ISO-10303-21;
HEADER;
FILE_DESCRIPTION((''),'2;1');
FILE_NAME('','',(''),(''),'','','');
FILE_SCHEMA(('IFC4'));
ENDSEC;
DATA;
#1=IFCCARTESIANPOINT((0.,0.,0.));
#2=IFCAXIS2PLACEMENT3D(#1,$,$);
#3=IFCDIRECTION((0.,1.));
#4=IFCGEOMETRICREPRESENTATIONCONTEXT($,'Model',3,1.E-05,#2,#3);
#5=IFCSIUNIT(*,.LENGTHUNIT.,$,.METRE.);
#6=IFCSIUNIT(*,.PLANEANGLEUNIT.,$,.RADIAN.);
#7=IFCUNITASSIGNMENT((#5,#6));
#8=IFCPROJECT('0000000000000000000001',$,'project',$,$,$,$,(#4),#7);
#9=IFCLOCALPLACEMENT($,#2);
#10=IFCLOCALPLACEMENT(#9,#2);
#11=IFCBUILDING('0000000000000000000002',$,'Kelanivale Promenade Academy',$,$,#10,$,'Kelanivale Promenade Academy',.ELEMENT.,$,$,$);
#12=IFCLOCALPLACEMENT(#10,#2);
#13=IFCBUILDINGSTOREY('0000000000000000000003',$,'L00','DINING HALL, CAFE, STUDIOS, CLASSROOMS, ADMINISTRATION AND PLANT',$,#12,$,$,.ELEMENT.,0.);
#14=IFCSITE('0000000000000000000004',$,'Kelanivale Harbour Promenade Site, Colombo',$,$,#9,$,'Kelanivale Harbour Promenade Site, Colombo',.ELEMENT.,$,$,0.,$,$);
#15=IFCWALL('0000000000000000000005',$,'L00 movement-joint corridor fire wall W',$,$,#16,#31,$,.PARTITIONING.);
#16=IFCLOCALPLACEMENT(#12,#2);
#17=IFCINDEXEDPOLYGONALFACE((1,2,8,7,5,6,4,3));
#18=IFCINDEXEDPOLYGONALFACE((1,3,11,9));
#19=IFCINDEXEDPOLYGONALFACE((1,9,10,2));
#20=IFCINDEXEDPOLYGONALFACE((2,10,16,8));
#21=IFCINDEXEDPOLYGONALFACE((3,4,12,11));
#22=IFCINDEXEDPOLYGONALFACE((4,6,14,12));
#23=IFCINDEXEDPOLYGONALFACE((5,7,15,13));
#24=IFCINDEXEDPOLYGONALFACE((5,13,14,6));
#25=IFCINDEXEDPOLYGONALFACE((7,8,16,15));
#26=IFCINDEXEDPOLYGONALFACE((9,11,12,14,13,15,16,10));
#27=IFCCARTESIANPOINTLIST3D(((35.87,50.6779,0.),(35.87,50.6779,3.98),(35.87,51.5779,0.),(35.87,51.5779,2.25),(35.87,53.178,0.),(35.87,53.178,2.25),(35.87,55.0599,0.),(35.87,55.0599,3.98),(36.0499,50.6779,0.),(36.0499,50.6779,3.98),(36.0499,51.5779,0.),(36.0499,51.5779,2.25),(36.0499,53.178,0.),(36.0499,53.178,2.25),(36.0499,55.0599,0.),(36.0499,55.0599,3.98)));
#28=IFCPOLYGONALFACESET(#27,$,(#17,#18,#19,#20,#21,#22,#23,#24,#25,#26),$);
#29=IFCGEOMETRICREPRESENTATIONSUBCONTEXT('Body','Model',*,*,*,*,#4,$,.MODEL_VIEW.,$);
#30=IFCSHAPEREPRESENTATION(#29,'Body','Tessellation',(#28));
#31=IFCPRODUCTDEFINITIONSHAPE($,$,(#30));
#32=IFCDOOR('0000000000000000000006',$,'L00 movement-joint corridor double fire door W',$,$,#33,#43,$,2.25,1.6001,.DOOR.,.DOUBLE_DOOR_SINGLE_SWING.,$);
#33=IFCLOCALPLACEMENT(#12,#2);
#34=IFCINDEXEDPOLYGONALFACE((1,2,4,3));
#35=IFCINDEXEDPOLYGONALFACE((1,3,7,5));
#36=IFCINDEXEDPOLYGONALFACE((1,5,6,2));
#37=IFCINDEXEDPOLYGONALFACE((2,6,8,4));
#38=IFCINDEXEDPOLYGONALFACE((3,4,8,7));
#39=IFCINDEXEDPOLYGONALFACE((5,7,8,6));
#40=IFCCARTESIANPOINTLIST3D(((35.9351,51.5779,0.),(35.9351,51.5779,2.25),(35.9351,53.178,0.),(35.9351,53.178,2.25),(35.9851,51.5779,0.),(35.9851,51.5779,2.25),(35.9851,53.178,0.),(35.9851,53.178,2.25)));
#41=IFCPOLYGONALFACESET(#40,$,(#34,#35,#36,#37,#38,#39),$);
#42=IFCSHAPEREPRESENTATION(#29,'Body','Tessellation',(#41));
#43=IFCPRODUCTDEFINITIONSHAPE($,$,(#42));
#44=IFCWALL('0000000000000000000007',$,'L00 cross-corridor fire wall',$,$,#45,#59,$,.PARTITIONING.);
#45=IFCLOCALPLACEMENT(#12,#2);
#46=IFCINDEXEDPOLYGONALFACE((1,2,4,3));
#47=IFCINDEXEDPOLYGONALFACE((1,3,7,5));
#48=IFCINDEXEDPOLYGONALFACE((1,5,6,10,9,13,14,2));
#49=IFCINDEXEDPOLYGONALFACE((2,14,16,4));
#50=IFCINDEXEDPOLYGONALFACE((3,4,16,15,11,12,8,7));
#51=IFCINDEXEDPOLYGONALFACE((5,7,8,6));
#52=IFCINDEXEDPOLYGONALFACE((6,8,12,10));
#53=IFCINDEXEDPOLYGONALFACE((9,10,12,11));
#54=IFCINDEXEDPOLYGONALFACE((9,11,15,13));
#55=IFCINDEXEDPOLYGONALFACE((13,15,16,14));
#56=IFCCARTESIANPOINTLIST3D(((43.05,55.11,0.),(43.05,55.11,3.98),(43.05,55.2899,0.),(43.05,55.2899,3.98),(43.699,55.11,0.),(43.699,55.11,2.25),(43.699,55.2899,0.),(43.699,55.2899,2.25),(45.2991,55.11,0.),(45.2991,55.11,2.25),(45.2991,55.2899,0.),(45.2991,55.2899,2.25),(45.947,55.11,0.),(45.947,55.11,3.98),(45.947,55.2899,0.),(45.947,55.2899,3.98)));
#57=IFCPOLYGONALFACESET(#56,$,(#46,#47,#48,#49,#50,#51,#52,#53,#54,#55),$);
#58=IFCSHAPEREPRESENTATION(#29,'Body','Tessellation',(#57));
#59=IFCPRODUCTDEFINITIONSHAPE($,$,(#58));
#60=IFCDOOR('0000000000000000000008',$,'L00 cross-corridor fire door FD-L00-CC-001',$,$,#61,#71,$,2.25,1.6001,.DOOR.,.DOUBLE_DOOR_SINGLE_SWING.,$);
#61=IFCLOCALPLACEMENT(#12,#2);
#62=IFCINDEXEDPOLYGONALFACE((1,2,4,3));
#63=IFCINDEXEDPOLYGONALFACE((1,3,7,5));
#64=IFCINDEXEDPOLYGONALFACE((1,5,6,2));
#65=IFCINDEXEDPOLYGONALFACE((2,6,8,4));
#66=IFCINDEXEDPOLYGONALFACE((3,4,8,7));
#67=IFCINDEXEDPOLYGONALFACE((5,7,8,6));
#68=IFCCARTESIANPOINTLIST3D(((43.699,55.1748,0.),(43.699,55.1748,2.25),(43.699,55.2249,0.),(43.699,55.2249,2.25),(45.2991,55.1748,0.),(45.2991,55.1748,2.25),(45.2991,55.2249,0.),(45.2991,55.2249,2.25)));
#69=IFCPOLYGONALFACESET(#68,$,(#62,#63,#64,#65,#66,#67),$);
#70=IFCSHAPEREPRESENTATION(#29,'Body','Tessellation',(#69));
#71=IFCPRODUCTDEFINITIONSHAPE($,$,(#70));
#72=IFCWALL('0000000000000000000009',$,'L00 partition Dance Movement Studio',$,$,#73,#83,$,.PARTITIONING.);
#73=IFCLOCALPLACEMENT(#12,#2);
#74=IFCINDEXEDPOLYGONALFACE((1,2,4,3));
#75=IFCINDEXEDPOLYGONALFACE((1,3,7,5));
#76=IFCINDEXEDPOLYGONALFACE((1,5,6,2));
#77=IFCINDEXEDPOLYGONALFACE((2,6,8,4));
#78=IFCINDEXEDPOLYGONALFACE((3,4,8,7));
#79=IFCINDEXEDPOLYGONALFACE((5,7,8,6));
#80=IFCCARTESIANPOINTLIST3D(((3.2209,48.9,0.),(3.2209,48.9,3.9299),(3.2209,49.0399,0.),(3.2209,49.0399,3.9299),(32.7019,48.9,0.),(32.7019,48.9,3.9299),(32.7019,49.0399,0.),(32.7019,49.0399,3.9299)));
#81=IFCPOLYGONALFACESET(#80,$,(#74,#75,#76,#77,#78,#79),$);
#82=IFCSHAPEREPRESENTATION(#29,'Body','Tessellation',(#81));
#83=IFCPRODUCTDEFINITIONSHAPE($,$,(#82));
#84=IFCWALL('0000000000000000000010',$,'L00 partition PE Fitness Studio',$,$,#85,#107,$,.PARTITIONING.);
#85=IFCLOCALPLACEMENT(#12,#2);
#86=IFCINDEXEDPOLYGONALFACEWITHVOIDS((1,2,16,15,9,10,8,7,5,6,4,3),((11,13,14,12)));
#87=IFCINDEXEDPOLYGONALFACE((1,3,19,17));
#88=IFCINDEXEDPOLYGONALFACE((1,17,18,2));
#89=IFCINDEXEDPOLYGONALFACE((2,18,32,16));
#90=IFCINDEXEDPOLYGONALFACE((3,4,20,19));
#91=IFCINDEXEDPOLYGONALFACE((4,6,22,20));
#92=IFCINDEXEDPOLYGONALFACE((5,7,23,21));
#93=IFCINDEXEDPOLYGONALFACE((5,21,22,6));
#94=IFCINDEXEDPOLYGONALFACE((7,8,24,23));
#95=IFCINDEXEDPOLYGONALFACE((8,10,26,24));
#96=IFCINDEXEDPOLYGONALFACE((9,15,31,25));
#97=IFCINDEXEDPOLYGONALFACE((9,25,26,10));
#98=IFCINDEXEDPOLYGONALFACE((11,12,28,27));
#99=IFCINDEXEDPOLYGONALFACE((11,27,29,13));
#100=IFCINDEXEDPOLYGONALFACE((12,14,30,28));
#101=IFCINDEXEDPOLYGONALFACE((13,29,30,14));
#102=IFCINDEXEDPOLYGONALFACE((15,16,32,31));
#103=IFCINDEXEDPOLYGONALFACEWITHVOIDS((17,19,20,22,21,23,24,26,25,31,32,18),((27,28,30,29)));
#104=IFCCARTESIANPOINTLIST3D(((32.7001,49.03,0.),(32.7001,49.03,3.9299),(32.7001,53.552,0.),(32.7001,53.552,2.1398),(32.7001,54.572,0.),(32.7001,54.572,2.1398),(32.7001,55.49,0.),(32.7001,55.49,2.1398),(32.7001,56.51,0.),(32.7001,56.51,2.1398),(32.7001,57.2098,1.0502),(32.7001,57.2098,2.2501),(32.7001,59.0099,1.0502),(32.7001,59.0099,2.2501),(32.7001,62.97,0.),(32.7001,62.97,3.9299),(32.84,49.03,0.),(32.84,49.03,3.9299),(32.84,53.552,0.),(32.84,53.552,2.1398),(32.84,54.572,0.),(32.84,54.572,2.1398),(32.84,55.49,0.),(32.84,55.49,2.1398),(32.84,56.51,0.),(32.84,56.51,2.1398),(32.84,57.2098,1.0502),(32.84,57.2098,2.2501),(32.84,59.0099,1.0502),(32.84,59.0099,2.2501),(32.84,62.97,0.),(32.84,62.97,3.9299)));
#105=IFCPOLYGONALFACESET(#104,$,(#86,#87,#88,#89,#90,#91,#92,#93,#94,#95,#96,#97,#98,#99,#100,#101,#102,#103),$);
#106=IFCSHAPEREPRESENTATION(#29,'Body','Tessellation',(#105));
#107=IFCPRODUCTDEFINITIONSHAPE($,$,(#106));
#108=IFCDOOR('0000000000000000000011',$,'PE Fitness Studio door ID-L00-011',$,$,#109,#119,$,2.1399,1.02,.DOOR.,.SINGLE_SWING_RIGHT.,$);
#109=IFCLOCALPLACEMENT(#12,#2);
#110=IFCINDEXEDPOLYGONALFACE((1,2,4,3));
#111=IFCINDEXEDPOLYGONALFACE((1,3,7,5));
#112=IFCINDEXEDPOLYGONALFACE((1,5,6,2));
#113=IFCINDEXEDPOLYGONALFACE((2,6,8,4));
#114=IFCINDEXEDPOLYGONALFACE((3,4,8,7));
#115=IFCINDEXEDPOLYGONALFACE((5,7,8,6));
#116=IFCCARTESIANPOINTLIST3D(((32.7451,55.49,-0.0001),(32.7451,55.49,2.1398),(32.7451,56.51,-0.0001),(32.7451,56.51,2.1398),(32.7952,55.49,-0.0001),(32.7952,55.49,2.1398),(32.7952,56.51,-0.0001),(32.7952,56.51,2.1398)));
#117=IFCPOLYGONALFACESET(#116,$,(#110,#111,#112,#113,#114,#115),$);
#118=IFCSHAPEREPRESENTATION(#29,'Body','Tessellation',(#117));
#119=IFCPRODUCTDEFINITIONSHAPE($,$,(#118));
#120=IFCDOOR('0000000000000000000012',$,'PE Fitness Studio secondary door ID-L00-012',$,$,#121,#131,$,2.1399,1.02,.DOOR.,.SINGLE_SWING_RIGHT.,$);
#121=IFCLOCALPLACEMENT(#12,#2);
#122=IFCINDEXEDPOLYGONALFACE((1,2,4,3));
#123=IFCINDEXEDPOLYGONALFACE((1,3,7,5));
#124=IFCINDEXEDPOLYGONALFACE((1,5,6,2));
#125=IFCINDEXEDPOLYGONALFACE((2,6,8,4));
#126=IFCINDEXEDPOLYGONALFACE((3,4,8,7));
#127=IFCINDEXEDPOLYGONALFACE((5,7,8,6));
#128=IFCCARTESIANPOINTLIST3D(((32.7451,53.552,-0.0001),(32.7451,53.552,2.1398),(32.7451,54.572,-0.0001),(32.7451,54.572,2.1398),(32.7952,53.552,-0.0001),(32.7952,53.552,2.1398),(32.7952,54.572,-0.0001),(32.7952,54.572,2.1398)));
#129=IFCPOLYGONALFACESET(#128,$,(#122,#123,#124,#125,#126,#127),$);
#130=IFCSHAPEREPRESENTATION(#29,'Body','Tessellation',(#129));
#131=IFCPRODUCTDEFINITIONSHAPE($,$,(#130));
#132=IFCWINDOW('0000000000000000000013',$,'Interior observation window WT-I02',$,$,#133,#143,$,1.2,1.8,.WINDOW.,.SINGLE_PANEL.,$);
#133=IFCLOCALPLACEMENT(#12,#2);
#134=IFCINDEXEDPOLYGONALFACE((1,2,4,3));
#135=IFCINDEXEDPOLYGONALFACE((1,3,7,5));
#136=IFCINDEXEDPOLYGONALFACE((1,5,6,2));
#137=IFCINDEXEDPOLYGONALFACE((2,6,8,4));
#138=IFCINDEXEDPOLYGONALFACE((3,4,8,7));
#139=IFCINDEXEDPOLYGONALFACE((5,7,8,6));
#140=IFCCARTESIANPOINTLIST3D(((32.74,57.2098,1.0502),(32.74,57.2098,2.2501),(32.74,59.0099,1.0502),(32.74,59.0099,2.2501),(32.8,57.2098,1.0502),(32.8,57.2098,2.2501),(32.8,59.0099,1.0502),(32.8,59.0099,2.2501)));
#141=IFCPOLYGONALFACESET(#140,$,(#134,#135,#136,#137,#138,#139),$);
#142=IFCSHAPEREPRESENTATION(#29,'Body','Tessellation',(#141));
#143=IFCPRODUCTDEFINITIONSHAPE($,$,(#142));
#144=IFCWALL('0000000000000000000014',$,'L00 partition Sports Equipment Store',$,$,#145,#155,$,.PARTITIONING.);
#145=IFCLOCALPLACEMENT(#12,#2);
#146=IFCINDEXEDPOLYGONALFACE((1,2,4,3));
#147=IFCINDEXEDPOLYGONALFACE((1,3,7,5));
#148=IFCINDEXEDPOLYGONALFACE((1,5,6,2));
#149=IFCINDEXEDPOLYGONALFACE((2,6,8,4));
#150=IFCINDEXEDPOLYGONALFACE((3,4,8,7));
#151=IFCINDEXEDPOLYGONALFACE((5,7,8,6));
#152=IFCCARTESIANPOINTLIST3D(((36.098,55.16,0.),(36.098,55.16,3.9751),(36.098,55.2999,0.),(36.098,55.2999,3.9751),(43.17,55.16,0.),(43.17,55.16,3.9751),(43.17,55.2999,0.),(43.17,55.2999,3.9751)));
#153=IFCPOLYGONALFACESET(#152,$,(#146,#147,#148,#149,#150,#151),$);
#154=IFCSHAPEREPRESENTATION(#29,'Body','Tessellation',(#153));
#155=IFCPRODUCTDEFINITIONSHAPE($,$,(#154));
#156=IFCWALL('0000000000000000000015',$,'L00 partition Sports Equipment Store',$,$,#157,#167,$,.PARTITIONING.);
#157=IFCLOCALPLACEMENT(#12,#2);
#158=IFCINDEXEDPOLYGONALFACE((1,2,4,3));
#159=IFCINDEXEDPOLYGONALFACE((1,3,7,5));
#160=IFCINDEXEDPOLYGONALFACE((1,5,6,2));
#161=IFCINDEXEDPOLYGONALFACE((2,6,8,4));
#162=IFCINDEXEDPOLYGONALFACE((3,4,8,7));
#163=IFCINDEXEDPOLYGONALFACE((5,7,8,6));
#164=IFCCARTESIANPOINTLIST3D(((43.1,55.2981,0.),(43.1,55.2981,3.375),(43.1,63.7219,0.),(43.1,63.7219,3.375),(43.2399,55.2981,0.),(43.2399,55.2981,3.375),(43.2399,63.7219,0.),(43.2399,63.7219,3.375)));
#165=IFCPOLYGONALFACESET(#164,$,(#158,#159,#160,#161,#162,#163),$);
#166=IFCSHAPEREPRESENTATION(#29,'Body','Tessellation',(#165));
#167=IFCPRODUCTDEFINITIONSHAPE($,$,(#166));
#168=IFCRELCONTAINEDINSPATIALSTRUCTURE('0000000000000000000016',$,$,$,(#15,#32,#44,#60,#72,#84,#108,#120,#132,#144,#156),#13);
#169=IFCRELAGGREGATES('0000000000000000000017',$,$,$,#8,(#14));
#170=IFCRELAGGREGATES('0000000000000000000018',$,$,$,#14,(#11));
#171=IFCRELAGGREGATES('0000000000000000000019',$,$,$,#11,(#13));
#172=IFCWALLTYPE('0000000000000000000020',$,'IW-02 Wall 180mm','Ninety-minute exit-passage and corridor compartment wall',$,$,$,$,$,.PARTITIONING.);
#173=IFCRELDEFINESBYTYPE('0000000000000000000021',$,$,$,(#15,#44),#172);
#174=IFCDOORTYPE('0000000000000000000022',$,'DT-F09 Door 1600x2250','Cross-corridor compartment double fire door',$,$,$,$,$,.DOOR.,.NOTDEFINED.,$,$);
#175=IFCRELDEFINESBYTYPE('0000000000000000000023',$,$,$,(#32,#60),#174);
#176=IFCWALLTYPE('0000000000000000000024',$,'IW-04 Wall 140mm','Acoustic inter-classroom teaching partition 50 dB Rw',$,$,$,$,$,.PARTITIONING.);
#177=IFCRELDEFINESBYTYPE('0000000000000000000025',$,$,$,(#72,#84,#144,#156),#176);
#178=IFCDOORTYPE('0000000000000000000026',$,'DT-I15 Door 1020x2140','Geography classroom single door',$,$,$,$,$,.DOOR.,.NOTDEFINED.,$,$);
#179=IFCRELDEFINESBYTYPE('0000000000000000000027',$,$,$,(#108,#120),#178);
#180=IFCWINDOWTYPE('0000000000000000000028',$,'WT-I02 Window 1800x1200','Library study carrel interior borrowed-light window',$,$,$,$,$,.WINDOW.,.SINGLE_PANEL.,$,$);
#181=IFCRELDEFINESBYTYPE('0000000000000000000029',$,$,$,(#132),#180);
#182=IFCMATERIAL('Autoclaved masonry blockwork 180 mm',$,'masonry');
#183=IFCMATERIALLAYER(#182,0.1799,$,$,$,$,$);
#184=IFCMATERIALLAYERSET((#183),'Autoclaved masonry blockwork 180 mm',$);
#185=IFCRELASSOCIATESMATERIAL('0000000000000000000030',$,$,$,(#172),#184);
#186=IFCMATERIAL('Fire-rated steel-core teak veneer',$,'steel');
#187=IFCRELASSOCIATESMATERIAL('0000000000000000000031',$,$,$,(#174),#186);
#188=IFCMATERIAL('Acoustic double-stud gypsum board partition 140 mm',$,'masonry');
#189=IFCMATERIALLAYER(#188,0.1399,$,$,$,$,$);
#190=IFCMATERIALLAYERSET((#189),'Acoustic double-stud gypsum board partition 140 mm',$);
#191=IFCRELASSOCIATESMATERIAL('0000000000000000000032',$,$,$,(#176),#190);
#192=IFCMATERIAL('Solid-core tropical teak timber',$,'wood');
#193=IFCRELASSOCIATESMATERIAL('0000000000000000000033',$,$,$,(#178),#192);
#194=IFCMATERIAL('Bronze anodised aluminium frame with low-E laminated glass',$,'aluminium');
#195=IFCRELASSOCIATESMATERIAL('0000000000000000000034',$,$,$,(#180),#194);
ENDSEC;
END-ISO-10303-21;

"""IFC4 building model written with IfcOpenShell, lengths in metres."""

from ifc_helpers import new_model, si_unit, direction, frame, frame_2d, origin, place, context, subcontext, project, spatial, rectangle, extrude, material, layer, layer_set, type_object, element, fill, save


model = new_model("IFC4")

# Units and contexts
model_context = context("Model", 3, precision=1e-05, world=origin(), true_north=direction((0.0, 1.0)))
body_context = subcontext(model_context, "Body", "Model", "MODEL_VIEW")
ifc_project = project(units=[si_unit("LENGTHUNIT", "METRE"), si_unit("PLANEANGLEUNIT", "RADIAN")], contexts=[model_context])

# Site, building, storey
site_placement = place(None, origin())
site = spatial("IfcSite", under=ifc_project, at=site_placement, Name="Kelanivale Harbour Promenade Site, Colombo", LongName="Kelanivale Harbour Promenade Site, Colombo", CompositionType="ELEMENT", RefElevation=0.0)
building_placement = place(site_placement, origin())
building = spatial("IfcBuilding", under=site, at=building_placement, Name="Kelanivale Promenade Academy", LongName="Kelanivale Promenade Academy", CompositionType="ELEMENT")
storey_placement = place(building_placement, origin())
storey = spatial("IfcBuildingStorey", under=building, at=storey_placement, Name="L00", Description="DINING HALL, CAFE, STUDIOS, CLASSROOMS, ADMINISTRATION AND PLANT", CompositionType="ELEMENT", Elevation=0.0)

# Shared definitions
ifc_material_1 = material(Name="Bronze anodised aluminium frame with low-E laminated glass", Category="aluminium")

# Walls, openings, doors
ifc_material_2 = material(Name="Autoclaved masonry blockwork 180 mm", Category="masonry")
ifc_layer_1 = layer(ifc_material_2, 0.1799)
ifc_layer_set_1 = layer_set([ifc_layer_1], Name="Autoclaved masonry blockwork 180 mm")
wall_type_1 = type_object("IfcWallType", Name="IW-02 Wall 180mm", Description="Ninety-minute exit-passage and corridor compartment wall", PredefinedType="PARTITIONING", material=ifc_layer_set_1)
wall_1_placement = place(storey_placement, frame((35.96, 50.678, 0.0), z_axis=(0.0, 0.0, 1.0), x_axis=(0.0, 1.0, 0.0)))
wall_1 = element("IfcWall", 1, at=wall_1_placement, inside=storey, type_object=wall_type_1, Name="L00 movement-joint corridor fire wall W", PredefinedType="PARTITIONING", context=body_context, shape_type="SweptSolid", body=[
    extrude(rectangle(XDim=4.3821, YDim=0.1799, at=frame_2d((2.1909, 0.0))), origin(), (0.0, 0.0, 1.0), 3.98),
])
opening_1_placement = place(wall_1_placement, frame((0.8999, 0.0, 0.0)))
opening_1 = element("IfcOpeningElement", 2, at=opening_1_placement, cuts=wall_1, PredefinedType="OPENING", context=body_context, shape_type="SweptSolid", body=[
    extrude(rectangle(XDim=1.6001, YDim=2.25, at=frame_2d((0.8, 1.125))), frame((0.0, 0.1001, 0.0), z_axis=(0.0, -1.0, 0.0), x_axis=(1.0, 0.0, 0.0)), (0.0, 0.0, 1.0), 0.2),
])
ifc_material_3 = material(Name="Fire-rated steel-core teak veneer", Category="steel")
door_type_1 = type_object("IfcDoorType", Name="DT-F09 Door 1600x2250", Description="Cross-corridor compartment double fire door", OperationType="NOTDEFINED", PredefinedType="DOOR", material=ifc_material_3)
door_1_placement = place(opening_1_placement, origin())
door_1 = element("IfcDoor", 3, at=door_1_placement, inside=storey, type_object=door_type_1, Name="L00 movement-joint corridor double fire door W", OperationType="DOUBLE_DOOR_SINGLE_SWING", OverallHeight=2.25, OverallWidth=1.6001, PredefinedType="DOOR", context=body_context, shape_type="SweptSolid", body=[
    extrude(rectangle(XDim=1.6001, YDim=2.25, at=frame_2d((0.8, 1.125))), frame((0.0, 0.0249, 0.0), z_axis=(0.0, -1.0, 0.0), x_axis=(1.0, 0.0, 0.0)), (0.0, 0.0, 1.0), 0.05),
])
fill(opening_1, door_1)
wall_2_placement = place(storey_placement, frame((43.05, 55.2, 0.0), z_axis=(0.0, 0.0, 1.0), x_axis=(1.0, 0.0, 0.0)))
wall_2 = element("IfcWall", 4, at=wall_2_placement, inside=storey, type_object=wall_type_1, Name="L00 cross-corridor fire wall", PredefinedType="PARTITIONING", context=body_context, shape_type="SweptSolid", body=[
    extrude(rectangle(XDim=2.897, YDim=0.1799, at=frame_2d((1.4485, 0.0))), origin(), (0.0, 0.0, 1.0), 3.98),
])
opening_2_placement = place(wall_2_placement, frame((0.6489, 0.0, 0.0)))
opening_2 = element("IfcOpeningElement", 5, at=opening_2_placement, cuts=wall_2, PredefinedType="OPENING", context=body_context, shape_type="SweptSolid", body=[
    extrude(rectangle(XDim=1.6001, YDim=2.25, at=frame_2d((0.8, 1.125))), frame((0.0, 0.1001, 0.0), z_axis=(0.0, -1.0, 0.0), x_axis=(1.0, 0.0, 0.0)), (0.0, 0.0, 1.0), 0.2),
])
door_2_placement = place(opening_2_placement, origin())
door_2 = element("IfcDoor", 6, at=door_2_placement, inside=storey, type_object=door_type_1, Name="L00 cross-corridor fire door FD-L00-CC-001", OperationType="DOUBLE_DOOR_SINGLE_SWING", OverallHeight=2.25, OverallWidth=1.6001, PredefinedType="DOOR", context=body_context, shape_type="SweptSolid", body=[
    extrude(rectangle(XDim=1.6001, YDim=2.25, at=frame_2d((0.8, 1.125))), frame((0.0, 0.0249, 0.0), z_axis=(0.0, -1.0, 0.0), x_axis=(1.0, 0.0, 0.0)), (0.0, 0.0, 1.0), 0.05),
])
fill(opening_2, door_2)

# Wall
ifc_material_4 = material(Name="Acoustic double-stud gypsum board partition 140 mm", Category="masonry")
ifc_layer_2 = layer(ifc_material_4, 0.1399)
ifc_layer_set_2 = layer_set([ifc_layer_2], Name="Acoustic double-stud gypsum board partition 140 mm")
wall_type_2 = type_object("IfcWallType", Name="IW-04 Wall 140mm", Description="Acoustic inter-classroom teaching partition 50 dB Rw", PredefinedType="PARTITIONING", material=ifc_layer_set_2)
wall_3_placement = place(storey_placement, frame((32.7019, 48.97, 0.0), z_axis=(0.0, 0.0, 1.0), x_axis=(-1.0, 0.0, 0.0)))
element("IfcWall", 7, at=wall_3_placement, inside=storey, type_object=wall_type_2, Name="L00 partition Dance Movement Studio", PredefinedType="PARTITIONING", context=body_context, shape_type="SweptSolid", body=[
    extrude(rectangle(XDim=29.481, YDim=0.1399, at=frame_2d((14.7405, 0.0))), origin(), (0.0, 0.0, 1.0), 3.9299),
])

# Wall, openings, doors, window
wall_4_placement = place(storey_placement, frame((32.77, 49.03, 0.0), z_axis=(0.0, 0.0, 1.0), x_axis=(0.0, 1.0, 0.0)))
wall_4 = element("IfcWall", 8, at=wall_4_placement, inside=storey, type_object=wall_type_2, Name="L00 partition PE Fitness Studio", PredefinedType="PARTITIONING", context=body_context, shape_type="SweptSolid", body=[
    extrude(rectangle(XDim=13.9399, YDim=0.1399, at=frame_2d((6.97, 0.0))), origin(), (0.0, 0.0, 1.0), 3.9299),
])
opening_3_placement = place(wall_4_placement, frame((6.46, 0.0, 0.0)))
opening_3 = element("IfcOpeningElement", 9, at=opening_3_placement, cuts=wall_4, PredefinedType="OPENING", context=body_context, shape_type="SweptSolid", body=[
    extrude(rectangle(XDim=1.02, YDim=2.1399, at=frame_2d((0.51, 1.0698))), frame((0.0, 0.0801, 0.0), z_axis=(0.0, -1.0, 0.0), x_axis=(1.0, 0.0, 0.0)), (0.0, 0.0, 1.0), 0.1599),
])
opening_4_placement = place(wall_4_placement, frame((4.522, 0.0, 0.0)))
opening_4 = element("IfcOpeningElement", 10, at=opening_4_placement, cuts=wall_4, PredefinedType="OPENING", context=body_context, shape_type="SweptSolid", body=[
    extrude(rectangle(XDim=1.02, YDim=2.1399, at=frame_2d((0.51, 1.0698))), frame((0.0, 0.0801, 0.0), z_axis=(0.0, -1.0, 0.0), x_axis=(1.0, 0.0, 0.0)), (0.0, 0.0, 1.0), 0.1599),
])
opening_5_placement = place(wall_4_placement, frame((8.1799, 0.0, 1.05)))
opening_5 = element("IfcOpeningElement", 11, at=opening_5_placement, cuts=wall_4, PredefinedType="OPENING", context=body_context, shape_type="SweptSolid", body=[
    extrude(rectangle(XDim=1.8, YDim=1.2, at=frame_2d((0.8999, 0.6001))), frame((0.0, 0.0801, 0.0), z_axis=(0.0, -1.0, 0.0), x_axis=(1.0, 0.0, 0.0)), (0.0, 0.0, 1.0), 0.1599),
])
ifc_material_5 = material(Name="Solid-core tropical teak timber", Category="wood")
door_type_2 = type_object("IfcDoorType", Name="DT-I15 Door 1020x2140", Description="Geography classroom single door", OperationType="NOTDEFINED", PredefinedType="DOOR", material=ifc_material_5)
door_3_placement = place(opening_3_placement, origin())
door_3 = element("IfcDoor", 12, at=door_3_placement, inside=storey, type_object=door_type_2, Name="PE Fitness Studio door ID-L00-011", OperationType="SINGLE_SWING_RIGHT", OverallHeight=2.1399, OverallWidth=1.02, PredefinedType="DOOR", context=body_context, shape_type="SweptSolid", body=[
    extrude(rectangle(XDim=1.02, YDim=2.1399, at=frame_2d((0.51, 1.0698))), frame((0.0, 0.0249, 0.0), z_axis=(0.0, -1.0, 0.0), x_axis=(1.0, 0.0, 0.0)), (0.0, 0.0, 1.0), 0.05),
])
fill(opening_3, door_3)
door_4_placement = place(opening_4_placement, origin())
door_4 = element("IfcDoor", 13, at=door_4_placement, inside=storey, type_object=door_type_2, Name="PE Fitness Studio secondary door ID-L00-012", OperationType="SINGLE_SWING_RIGHT", OverallHeight=2.1399, OverallWidth=1.02, PredefinedType="DOOR", context=body_context, shape_type="SweptSolid", body=[
    extrude(rectangle(XDim=1.02, YDim=2.1399, at=frame_2d((0.51, 1.0698))), frame((0.0, 0.0249, 0.0), z_axis=(0.0, -1.0, 0.0), x_axis=(1.0, 0.0, 0.0)), (0.0, 0.0, 1.0), 0.05),
])
fill(opening_4, door_4)
window_type_1 = type_object("IfcWindowType", Name="WT-I02 Window 1800x1200", Description="Library study carrel interior borrowed-light window", PartitioningType="SINGLE_PANEL", PredefinedType="WINDOW", material=ifc_material_1)
window_1_placement = place(opening_5_placement, origin())
window_1 = element("IfcWindow", 14, at=window_1_placement, inside=storey, type_object=window_type_1, Name="Interior observation window WT-I02", OverallHeight=1.2, OverallWidth=1.8, PartitioningType="SINGLE_PANEL", PredefinedType="WINDOW", context=body_context, shape_type="SweptSolid", body=[
    extrude(rectangle(XDim=1.8, YDim=1.2, at=frame_2d((0.8999, 0.6001))), frame((0.0, 0.03, 0.0), z_axis=(0.0, -1.0, 0.0), x_axis=(1.0, 0.0, 0.0)), (0.0, 0.0, 1.0), 0.0601),
])
fill(opening_5, window_1)

# Walls
wall_5_placement = place(storey_placement, frame((36.0979, 55.23, 0.0), z_axis=(0.0, 0.0, 1.0), x_axis=(1.0, 0.0, 0.0)))
element("IfcWall", 15, at=wall_5_placement, inside=storey, type_object=wall_type_2, Name="L00 partition Sports Equipment Store", PredefinedType="PARTITIONING", context=body_context, shape_type="SweptSolid", body=[
    extrude(rectangle(XDim=7.072, YDim=0.1399, at=frame_2d((3.5361, 0.0))), origin(), (0.0, 0.0, 1.0), 3.9751),
])
wall_6_placement = place(storey_placement, frame((43.1699, 55.2981, 0.0), z_axis=(0.0, 0.0, 1.0), x_axis=(0.0, 1.0, 0.0)))
element("IfcWall", 16, at=wall_6_placement, inside=storey, type_object=wall_type_2, Name="L00 partition Sports Equipment Store", PredefinedType="PARTITIONING", context=body_context, shape_type="SweptSolid", body=[
    extrude(rectangle(XDim=8.4238, YDim=0.1399, at=frame_2d((4.2119, 0.0))), origin(), (0.0, 0.0, 1.0), 3.375),
])

save(model, "model.ifc")
